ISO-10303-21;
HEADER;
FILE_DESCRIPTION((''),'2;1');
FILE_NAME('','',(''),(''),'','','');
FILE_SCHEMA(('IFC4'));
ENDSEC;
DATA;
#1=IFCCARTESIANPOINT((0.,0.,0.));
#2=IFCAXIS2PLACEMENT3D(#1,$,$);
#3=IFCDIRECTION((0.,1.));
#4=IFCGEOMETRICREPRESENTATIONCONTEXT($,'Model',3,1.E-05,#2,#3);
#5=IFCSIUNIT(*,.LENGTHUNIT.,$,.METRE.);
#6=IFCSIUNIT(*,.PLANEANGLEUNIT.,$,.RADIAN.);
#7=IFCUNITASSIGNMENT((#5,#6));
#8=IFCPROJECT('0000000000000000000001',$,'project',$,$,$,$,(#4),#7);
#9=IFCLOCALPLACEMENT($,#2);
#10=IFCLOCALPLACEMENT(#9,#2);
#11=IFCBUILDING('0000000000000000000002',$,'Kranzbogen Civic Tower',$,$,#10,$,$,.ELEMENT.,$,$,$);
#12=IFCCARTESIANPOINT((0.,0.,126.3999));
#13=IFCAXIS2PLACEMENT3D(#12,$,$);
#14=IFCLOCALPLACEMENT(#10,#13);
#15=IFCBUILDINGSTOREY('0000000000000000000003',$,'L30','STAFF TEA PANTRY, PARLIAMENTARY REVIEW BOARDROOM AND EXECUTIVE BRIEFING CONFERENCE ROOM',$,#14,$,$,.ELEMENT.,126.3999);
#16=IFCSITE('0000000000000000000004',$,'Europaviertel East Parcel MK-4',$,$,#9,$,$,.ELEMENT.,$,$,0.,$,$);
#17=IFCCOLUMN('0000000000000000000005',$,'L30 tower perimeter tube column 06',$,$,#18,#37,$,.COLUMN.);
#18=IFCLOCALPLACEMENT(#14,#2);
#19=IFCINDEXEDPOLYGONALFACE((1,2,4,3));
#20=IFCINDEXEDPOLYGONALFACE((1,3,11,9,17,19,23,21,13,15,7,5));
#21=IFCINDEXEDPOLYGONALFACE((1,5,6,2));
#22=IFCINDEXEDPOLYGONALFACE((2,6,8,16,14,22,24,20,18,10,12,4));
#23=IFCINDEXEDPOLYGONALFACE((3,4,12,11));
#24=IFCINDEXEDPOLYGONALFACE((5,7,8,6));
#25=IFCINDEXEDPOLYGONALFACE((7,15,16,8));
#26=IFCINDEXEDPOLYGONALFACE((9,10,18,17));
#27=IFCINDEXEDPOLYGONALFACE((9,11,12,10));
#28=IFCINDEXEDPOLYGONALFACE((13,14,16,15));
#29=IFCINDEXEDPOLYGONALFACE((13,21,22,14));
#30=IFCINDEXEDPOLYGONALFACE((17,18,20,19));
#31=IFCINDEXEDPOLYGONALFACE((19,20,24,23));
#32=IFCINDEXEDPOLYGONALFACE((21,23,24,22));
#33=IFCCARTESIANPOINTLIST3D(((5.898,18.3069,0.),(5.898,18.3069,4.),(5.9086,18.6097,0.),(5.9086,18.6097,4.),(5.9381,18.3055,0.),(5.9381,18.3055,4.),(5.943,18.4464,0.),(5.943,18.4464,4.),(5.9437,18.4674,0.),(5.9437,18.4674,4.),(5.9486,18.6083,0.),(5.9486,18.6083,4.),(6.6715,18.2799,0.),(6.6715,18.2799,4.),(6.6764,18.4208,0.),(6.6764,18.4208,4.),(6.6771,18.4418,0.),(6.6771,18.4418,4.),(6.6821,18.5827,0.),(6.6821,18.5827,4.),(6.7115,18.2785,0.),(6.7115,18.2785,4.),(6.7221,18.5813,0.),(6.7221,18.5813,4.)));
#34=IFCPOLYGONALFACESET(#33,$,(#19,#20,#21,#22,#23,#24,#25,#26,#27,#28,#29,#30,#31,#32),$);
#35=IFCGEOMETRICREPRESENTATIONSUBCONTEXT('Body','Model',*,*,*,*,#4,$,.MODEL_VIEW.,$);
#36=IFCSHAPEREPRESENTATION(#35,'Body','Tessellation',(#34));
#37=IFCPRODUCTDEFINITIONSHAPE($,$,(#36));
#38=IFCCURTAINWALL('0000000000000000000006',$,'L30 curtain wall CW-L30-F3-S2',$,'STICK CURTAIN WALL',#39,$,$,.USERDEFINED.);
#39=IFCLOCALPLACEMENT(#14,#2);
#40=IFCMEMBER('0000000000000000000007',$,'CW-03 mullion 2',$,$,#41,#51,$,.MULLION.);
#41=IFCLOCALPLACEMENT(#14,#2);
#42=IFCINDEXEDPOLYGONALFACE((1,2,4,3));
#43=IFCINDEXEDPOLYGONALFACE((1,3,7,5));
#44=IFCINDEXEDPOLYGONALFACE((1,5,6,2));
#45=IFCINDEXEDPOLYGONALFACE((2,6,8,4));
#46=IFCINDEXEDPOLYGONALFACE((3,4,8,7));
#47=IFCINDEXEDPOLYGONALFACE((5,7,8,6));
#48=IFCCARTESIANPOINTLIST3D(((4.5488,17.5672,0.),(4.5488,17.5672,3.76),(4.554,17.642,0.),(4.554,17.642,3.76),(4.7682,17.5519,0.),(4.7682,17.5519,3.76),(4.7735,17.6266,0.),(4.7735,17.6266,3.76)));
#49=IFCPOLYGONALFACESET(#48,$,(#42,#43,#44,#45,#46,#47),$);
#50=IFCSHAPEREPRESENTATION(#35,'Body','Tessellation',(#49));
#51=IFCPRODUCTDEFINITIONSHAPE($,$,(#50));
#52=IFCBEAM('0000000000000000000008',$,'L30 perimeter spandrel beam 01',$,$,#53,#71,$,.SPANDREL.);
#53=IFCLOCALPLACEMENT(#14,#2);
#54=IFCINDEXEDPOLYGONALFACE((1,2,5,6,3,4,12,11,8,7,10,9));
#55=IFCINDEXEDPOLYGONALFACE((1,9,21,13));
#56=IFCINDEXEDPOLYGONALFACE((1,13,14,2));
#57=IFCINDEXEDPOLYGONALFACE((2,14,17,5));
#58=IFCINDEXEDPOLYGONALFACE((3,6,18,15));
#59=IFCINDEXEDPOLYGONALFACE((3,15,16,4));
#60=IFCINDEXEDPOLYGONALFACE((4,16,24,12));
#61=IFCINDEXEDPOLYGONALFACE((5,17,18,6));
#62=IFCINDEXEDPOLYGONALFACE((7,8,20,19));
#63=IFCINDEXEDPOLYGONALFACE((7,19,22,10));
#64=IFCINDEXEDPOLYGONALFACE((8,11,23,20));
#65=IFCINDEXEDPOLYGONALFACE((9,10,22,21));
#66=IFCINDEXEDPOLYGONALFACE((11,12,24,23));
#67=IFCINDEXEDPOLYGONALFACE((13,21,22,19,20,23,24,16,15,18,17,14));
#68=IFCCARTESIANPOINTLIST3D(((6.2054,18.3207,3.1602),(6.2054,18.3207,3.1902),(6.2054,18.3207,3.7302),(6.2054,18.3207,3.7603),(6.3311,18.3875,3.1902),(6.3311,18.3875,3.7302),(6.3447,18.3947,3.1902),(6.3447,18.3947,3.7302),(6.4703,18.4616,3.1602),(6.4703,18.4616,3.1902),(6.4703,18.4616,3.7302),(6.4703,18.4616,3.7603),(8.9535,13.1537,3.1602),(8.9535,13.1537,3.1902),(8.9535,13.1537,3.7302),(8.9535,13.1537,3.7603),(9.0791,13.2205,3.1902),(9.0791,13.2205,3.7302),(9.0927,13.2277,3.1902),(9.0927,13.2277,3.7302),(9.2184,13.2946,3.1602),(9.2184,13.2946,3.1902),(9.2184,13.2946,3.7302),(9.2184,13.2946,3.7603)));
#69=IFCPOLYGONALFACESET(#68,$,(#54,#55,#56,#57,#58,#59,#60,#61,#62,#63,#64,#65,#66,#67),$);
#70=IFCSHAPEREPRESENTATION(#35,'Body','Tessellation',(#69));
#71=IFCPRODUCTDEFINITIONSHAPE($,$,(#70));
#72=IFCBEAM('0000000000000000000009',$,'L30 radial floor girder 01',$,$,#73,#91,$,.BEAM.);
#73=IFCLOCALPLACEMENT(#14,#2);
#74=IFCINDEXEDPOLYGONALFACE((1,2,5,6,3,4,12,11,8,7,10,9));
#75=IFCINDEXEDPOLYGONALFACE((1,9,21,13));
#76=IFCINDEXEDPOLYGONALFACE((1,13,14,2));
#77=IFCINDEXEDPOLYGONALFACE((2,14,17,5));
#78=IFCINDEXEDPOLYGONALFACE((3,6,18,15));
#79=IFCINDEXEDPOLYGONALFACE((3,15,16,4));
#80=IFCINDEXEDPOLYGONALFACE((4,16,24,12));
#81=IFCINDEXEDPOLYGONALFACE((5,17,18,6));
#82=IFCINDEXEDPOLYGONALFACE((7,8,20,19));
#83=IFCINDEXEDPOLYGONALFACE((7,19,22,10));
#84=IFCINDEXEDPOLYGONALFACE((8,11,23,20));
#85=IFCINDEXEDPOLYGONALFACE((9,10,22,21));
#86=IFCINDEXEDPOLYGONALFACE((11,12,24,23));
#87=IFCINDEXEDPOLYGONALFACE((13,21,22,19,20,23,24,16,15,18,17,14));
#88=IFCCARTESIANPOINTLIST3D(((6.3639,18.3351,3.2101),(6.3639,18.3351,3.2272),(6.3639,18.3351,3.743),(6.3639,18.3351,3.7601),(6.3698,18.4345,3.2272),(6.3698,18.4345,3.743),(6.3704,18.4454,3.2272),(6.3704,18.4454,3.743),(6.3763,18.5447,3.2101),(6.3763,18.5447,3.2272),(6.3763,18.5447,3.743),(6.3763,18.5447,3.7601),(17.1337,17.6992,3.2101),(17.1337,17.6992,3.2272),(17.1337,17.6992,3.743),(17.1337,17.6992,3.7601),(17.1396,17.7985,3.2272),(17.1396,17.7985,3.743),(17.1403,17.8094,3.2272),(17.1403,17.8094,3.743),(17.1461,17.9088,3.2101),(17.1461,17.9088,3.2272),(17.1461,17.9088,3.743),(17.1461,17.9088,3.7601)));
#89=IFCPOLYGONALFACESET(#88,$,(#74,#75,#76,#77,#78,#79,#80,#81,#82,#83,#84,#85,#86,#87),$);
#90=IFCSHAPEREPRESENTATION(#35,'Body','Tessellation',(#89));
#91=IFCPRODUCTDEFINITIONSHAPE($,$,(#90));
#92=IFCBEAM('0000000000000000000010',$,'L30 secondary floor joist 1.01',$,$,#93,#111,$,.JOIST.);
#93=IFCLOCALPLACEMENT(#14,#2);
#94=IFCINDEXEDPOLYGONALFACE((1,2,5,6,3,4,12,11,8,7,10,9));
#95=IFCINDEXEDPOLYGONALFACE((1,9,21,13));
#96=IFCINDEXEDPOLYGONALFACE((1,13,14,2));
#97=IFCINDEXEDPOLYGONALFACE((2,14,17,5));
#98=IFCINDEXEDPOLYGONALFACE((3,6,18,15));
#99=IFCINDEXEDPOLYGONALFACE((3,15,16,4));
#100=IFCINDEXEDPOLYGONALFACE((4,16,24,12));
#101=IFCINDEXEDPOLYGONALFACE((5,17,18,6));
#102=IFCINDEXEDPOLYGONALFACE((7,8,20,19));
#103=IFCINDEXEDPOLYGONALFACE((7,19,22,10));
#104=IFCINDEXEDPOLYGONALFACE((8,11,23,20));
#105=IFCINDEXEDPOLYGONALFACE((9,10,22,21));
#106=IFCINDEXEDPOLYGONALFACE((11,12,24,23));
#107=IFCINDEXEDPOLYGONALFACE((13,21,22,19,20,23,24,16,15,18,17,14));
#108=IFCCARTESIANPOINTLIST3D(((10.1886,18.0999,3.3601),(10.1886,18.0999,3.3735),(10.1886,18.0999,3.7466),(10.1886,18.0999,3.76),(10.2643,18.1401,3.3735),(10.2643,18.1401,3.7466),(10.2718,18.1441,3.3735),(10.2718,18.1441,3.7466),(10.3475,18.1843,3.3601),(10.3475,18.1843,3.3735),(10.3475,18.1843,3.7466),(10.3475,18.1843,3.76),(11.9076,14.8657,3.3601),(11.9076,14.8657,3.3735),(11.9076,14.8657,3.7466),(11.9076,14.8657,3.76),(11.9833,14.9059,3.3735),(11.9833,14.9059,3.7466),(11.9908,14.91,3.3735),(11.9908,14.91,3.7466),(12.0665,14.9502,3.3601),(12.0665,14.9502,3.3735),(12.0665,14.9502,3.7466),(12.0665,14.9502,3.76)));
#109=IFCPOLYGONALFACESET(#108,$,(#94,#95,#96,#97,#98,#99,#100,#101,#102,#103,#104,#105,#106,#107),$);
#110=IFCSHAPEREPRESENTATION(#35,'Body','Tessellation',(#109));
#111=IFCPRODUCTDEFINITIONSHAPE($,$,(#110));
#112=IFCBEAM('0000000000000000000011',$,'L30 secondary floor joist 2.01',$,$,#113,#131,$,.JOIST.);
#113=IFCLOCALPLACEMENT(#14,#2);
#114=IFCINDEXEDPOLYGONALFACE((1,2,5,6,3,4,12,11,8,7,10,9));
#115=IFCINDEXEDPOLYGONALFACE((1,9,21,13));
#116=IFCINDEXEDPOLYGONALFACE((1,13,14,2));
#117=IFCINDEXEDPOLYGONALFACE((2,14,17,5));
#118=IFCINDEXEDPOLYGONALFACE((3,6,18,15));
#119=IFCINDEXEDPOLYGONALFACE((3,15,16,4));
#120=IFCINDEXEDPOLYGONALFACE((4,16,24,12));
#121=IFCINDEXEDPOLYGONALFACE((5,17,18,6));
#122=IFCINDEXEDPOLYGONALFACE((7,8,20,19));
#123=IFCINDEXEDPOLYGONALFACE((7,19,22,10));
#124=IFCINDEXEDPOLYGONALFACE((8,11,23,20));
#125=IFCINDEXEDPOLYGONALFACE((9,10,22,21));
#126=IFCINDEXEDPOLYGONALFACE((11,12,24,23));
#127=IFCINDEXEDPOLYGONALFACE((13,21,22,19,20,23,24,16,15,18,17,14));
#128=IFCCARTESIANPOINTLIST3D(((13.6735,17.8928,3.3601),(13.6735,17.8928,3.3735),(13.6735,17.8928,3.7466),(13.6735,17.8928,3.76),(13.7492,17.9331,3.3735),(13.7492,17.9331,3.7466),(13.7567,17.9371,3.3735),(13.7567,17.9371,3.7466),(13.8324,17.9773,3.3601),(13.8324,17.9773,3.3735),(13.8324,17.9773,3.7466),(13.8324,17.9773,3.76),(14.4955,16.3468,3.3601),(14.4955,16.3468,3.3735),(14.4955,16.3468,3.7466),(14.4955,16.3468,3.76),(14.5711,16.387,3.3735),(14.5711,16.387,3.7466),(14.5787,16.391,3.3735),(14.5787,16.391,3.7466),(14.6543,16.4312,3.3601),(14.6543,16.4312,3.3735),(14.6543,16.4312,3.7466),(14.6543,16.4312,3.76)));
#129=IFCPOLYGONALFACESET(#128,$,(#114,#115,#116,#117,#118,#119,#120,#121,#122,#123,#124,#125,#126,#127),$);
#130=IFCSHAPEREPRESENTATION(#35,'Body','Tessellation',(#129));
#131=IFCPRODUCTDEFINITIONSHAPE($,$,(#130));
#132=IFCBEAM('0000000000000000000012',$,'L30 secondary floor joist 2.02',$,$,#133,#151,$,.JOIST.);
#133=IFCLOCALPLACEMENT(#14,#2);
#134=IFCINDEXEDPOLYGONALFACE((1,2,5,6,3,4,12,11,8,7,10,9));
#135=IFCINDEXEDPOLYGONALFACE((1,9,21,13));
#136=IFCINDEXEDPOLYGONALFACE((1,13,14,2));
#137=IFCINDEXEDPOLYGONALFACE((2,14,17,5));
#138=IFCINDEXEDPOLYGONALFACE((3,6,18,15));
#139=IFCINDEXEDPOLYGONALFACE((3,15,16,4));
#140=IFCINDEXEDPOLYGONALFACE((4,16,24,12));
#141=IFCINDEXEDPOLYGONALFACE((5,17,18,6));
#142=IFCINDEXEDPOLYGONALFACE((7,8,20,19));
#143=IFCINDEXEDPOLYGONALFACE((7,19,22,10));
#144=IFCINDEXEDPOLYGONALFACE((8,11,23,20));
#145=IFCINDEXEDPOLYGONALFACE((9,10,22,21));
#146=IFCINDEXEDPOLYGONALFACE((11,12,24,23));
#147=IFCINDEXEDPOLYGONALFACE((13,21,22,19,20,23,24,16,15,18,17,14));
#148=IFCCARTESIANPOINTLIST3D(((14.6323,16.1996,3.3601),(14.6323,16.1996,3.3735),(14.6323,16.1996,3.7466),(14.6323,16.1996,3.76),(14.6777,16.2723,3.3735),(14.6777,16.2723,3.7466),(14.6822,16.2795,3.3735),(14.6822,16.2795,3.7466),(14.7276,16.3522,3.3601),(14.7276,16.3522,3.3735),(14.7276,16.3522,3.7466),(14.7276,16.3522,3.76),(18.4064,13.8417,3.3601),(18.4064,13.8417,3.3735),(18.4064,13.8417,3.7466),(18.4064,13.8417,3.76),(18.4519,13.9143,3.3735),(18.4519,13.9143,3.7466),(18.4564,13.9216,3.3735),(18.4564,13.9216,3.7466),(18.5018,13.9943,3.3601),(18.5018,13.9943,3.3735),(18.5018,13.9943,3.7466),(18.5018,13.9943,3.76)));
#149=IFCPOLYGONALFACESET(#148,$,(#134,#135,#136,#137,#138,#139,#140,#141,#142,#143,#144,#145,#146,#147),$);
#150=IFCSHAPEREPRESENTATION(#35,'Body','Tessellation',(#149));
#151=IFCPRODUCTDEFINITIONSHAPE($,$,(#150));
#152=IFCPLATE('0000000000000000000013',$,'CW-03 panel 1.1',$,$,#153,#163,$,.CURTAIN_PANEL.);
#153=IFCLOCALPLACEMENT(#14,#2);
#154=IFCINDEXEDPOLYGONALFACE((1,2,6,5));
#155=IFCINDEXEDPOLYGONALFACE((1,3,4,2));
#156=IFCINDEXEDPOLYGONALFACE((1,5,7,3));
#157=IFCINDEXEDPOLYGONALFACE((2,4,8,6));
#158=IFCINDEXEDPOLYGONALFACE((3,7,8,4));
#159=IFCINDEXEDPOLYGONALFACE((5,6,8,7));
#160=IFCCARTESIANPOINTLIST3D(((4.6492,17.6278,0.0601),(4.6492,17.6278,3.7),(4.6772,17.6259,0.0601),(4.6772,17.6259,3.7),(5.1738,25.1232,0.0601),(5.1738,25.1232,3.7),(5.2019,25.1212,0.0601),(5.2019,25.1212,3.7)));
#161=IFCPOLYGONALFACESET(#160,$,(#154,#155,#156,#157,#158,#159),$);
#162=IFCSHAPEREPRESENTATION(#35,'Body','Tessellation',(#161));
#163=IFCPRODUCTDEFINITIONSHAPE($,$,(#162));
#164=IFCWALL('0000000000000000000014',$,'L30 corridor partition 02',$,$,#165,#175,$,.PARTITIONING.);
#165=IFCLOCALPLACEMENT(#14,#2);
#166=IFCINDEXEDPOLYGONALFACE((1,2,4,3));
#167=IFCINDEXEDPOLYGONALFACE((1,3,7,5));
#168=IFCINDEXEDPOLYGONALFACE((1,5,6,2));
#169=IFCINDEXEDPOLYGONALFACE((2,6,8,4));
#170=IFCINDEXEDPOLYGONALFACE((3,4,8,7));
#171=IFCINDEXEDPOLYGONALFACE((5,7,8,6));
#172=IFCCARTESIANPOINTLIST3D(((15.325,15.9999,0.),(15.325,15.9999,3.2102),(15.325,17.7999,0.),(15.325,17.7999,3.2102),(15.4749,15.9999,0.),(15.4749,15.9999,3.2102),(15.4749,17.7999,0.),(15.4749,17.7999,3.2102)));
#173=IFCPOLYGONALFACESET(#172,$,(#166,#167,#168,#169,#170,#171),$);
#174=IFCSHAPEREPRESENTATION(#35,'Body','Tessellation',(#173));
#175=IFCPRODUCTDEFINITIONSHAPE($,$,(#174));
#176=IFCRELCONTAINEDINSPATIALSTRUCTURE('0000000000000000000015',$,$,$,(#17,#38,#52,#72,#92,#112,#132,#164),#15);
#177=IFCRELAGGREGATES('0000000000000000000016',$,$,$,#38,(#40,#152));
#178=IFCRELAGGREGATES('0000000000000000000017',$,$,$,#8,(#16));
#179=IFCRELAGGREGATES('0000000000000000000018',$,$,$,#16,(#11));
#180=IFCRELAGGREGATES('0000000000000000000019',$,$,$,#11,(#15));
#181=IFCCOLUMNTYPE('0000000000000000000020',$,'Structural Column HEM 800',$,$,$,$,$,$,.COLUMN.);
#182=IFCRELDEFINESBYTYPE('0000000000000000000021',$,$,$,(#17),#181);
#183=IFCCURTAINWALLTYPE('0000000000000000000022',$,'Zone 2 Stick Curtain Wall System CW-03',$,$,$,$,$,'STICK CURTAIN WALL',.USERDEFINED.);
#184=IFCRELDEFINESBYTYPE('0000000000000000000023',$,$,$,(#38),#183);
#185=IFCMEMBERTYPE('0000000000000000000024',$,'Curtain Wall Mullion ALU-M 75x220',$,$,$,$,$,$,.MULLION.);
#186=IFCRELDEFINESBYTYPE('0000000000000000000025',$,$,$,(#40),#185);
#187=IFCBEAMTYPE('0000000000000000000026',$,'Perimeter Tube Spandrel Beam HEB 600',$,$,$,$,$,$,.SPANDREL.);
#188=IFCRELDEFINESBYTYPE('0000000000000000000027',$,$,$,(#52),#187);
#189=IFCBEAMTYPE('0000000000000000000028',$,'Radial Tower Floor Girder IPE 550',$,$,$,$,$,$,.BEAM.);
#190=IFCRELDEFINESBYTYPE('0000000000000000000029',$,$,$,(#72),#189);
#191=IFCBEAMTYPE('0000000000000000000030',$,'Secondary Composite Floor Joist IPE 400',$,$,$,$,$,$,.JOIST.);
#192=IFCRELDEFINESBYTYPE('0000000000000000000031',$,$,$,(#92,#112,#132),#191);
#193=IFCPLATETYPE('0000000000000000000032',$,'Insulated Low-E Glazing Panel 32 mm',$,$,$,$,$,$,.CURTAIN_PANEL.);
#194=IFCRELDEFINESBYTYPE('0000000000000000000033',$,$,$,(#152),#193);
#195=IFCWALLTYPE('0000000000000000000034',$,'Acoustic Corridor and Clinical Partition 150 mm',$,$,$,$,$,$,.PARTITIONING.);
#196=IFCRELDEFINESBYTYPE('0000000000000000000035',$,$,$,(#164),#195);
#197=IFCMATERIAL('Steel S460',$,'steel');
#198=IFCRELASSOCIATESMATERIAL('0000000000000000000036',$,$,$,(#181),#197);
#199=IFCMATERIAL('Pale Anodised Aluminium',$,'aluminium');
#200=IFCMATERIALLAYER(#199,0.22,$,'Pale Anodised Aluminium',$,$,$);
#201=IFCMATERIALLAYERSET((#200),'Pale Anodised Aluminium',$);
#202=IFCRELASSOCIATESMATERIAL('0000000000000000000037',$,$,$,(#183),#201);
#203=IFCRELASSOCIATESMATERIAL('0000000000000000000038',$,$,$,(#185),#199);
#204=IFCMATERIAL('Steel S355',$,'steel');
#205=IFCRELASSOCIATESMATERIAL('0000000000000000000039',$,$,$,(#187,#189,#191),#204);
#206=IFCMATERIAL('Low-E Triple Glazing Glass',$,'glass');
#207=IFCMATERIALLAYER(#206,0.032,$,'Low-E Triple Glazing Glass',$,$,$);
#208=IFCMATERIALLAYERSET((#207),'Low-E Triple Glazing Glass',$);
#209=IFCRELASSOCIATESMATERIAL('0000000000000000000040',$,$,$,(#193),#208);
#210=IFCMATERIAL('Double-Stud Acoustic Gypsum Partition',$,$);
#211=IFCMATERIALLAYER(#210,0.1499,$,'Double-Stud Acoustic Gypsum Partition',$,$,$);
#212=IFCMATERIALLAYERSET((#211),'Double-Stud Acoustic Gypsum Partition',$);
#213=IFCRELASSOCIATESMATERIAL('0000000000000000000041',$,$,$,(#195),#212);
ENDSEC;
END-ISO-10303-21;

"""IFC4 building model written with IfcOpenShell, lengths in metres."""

from ifc_helpers import new_model, si_unit, direction, frame, frame_2d, origin, origin_2d, place, context, subcontext, project, spatial, rectangle, i_section, extrude, material, layer, layer_set, material_profile, profile_set, type_object, element, aggregate, save


model = new_model("IFC4")

# Units and contexts
model_context = context("Model", 3, precision=1e-05, world=origin(), true_north=direction((0.0, 1.0)))
body_context = subcontext(model_context, "Body", "Model", "MODEL_VIEW")
ifc_project = project(units=[si_unit("LENGTHUNIT", "METRE"), si_unit("PLANEANGLEUNIT", "RADIAN")], contexts=[model_context])

# Site, building, storey
site_placement = place(None, origin())
site = spatial("IfcSite", under=ifc_project, at=site_placement, Name="Europaviertel East Parcel MK-4", CompositionType="ELEMENT", RefElevation=0.0)
building_placement = place(site_placement, origin())
building = spatial("IfcBuilding", under=site, at=building_placement, Name="Kranzbogen Civic Tower", CompositionType="ELEMENT")
storey_placement = place(building_placement, frame((0.0, 0.0, 126.3999)))
storey = spatial("IfcBuildingStorey", under=building, at=storey_placement, Name="L30", Description="STAFF TEA PANTRY, PARLIAMENTARY REVIEW BOARDROOM AND EXECUTIVE BRIEFING CONFERENCE ROOM", CompositionType="ELEMENT", Elevation=126.3999)

# Column
ifc_material_1 = material(Name="Steel S460", Category="steel")
ifc_material_profile_1 = material_profile(ifc_material_1, i_section(OverallWidth=0.303, OverallDepth=0.814, WebThickness=0.021, FlangeThickness=0.04, at=origin_2d()), Name="HEM 800")
ifc_profile_set_1 = profile_set([ifc_material_profile_1], Name="Steel S460")
column_type = type_object("IfcColumnType", Name="Structural Column HEM 800", PredefinedType="COLUMN", material=ifc_profile_set_1)
column_placement = place(storey_placement, frame((6.3101, 18.4441, 0.0), z_axis=(0.0, 0.0, 1.0), x_axis=(0.034899, 0.999391, 0.0)))
element("IfcColumn", 1, at=column_placement, inside=storey, type_object=column_type, Name="L30 tower perimeter tube column 06", PredefinedType="COLUMN", context=body_context, shape_type="SweptSolid", body=[
    extrude(i_section(OverallWidth=0.303, OverallDepth=0.814, WebThickness=0.021, FlangeThickness=0.04, at=origin_2d()), origin(), (0.0, 0.0, 1.0), 4.0),
])

# Curtain wall, member
ifc_material_2 = material(Name="Pale Anodised Aluminium", Category="aluminium")
ifc_layer_1 = layer(ifc_material_2, 0.22, Name="Pale Anodised Aluminium")
ifc_layer_set_1 = layer_set([ifc_layer_1], Name="Pale Anodised Aluminium")
curtain_wall_type = type_object("IfcCurtainWallType", Name="Zone 2 Stick Curtain Wall System CW-03", ElementType="STICK CURTAIN WALL", PredefinedType="USERDEFINED", material=ifc_layer_set_1)
curtain_wall_placement = place(storey_placement, origin())
curtain_wall = element("IfcCurtainWall", 2, at=curtain_wall_placement, inside=storey, type_object=curtain_wall_type, Name="L30 curtain wall CW-L30-F3-S2", ObjectType="STICK CURTAIN WALL", PredefinedType="USERDEFINED")
ifc_material_profile_2 = material_profile(ifc_material_2, rectangle(XDim=0.075, YDim=0.22, at=origin_2d()), Name="ALU-M 75x220")
ifc_profile_set_2 = profile_set([ifc_material_profile_2], Name="Pale Anodised Aluminium")
member_type = type_object("IfcMemberType", Name="Curtain Wall Mullion ALU-M 75x220", PredefinedType="MULLION", material=ifc_profile_set_2)
member_placement = place(storey_placement, frame((4.6611, 17.5969, 0.0), z_axis=(0.0, 0.0, 1.0), x_axis=(-0.069823, -0.997559, 0.0)))
member = element("IfcMember", 3, at=member_placement, type_object=member_type, Name="CW-03 mullion 2", PredefinedType="MULLION", context=body_context, shape_type="SweptSolid", body=[
    extrude(rectangle(XDim=0.075, YDim=0.22, at=origin_2d()), origin(), (0.0, 0.0, 1.0), 3.76),
])

# Beams
ifc_material_3 = material(Name="Steel S355", Category="steel")
ifc_material_profile_3 = material_profile(ifc_material_3, i_section(OverallWidth=0.3, OverallDepth=0.6001, WebThickness=0.0154, FlangeThickness=0.03, at=origin_2d()), Name="HEB 600")
ifc_profile_set_3 = profile_set([ifc_material_profile_3], Name="Steel S355")
beam_type_1 = type_object("IfcBeamType", Name="Perimeter Tube Spandrel Beam HEB 600", PredefinedType="SPANDREL", material=ifc_profile_set_3)
beam_1_placement = place(storey_placement, frame((6.3379, 18.3911, 3.4602), z_axis=(0.469566, -0.882897, 0.0), x_axis=(0.882897, 0.469566, 0.0)))
element("IfcBeam", 4, at=beam_1_placement, inside=storey, type_object=beam_type_1, Name="L30 perimeter spandrel beam 01", PredefinedType="SPANDREL", context=body_context, shape_type="SweptSolid", body=[
    extrude(i_section(OverallWidth=0.3, OverallDepth=0.6001, WebThickness=0.0154, FlangeThickness=0.03, at=origin_2d()), origin(), (0.0, 0.0, 1.0), 5.8523),
])
ifc_material_profile_4 = material_profile(ifc_material_3, i_section(OverallWidth=0.21, OverallDepth=0.55, WebThickness=0.011, FlangeThickness=0.0171, at=origin_2d()), Name="IPE 550")
ifc_profile_set_4 = profile_set([ifc_material_profile_4], Name="Steel S355")
beam_type_2 = type_object("IfcBeamType", Name="Radial Tower Floor Girder IPE 550", PredefinedType="BEAM", material=ifc_profile_set_4)
beam_2_placement = place(storey_placement, frame((6.3701, 18.4399, 3.4851), z_axis=(0.998261, -0.05895, 0.0), x_axis=(0.05895, 0.998261, 0.0)))
element("IfcBeam", 5, at=beam_2_placement, inside=storey, type_object=beam_type_2, Name="L30 radial floor girder 01", PredefinedType="BEAM", context=body_context, shape_type="SweptSolid", body=[
    extrude(i_section(OverallWidth=0.21, OverallDepth=0.55, WebThickness=0.011, FlangeThickness=0.0171, at=origin_2d()), origin(), (0.0, 0.0, 1.0), 10.7886),
])
ifc_material_profile_5 = material_profile(ifc_material_3, i_section(OverallWidth=0.1799, OverallDepth=0.3999, WebThickness=0.0085, FlangeThickness=0.0134, at=origin_2d()), Name="IPE 400")
ifc_profile_set_5 = profile_set([ifc_material_profile_5], Name="Steel S355")
beam_type_3 = type_object("IfcBeamType", Name="Secondary Composite Floor Joist IPE 400", PredefinedType="JOIST", material=ifc_profile_set_5)
beam_3_placement = place(storey_placement, frame((10.2681, 18.1421, 3.5601), z_axis=(0.469339, -0.883018, 0.0), x_axis=(0.883018, 0.469339, 0.0)))
element("IfcBeam", 6, at=beam_3_placement, inside=storey, type_object=beam_type_3, Name="L30 secondary floor joist 1.01", PredefinedType="JOIST", context=body_context, shape_type="SweptSolid", body=[
    extrude(i_section(OverallWidth=0.1799, OverallDepth=0.3999, WebThickness=0.0085, FlangeThickness=0.0134, at=origin_2d()), origin(), (0.0, 0.0, 1.0), 3.6626),
])
beam_4_placement = place(storey_placement, frame((13.7529, 17.9351, 3.5601), z_axis=(0.469437, -0.882966, 0.0), x_axis=(0.882966, 0.469437, 0.0)))
element("IfcBeam", 7, at=beam_4_placement, inside=storey, type_object=beam_type_3, Name="L30 secondary floor joist 2.01", PredefinedType="JOIST", context=body_context, shape_type="SweptSolid", body=[
    extrude(i_section(OverallWidth=0.1799, OverallDepth=0.3999, WebThickness=0.0085, FlangeThickness=0.0134, at=origin_2d()), origin(), (0.0, 0.0, 1.0), 1.751),
])
beam_5_placement = place(storey_placement, frame((14.6799, 16.2759, 3.5601), z_axis=(0.848094, -0.529846, 0.0), x_axis=(0.529846, 0.848094, 0.0)))
element("IfcBeam", 8, at=beam_5_placement, inside=storey, type_object=beam_type_3, Name="L30 secondary floor joist 2.02", PredefinedType="JOIST", context=body_context, shape_type="SweptSolid", body=[
    extrude(i_section(OverallWidth=0.1799, OverallDepth=0.3999, WebThickness=0.0085, FlangeThickness=0.0134, at=origin_2d()), origin(), (0.0, 0.0, 1.0), 4.4502),
])

# Plate
ifc_material_4 = material(Name="Low-E Triple Glazing Glass", Category="glass")
ifc_layer_2 = layer(ifc_material_4, 0.032, Name="Low-E Triple Glazing Glass")
ifc_layer_set_2 = layer_set([ifc_layer_2], Name="Low-E Triple Glazing Glass")
plate_type = type_object("IfcPlateType", Name="Insulated Low-E Glazing Panel 32 mm", PredefinedType="CURTAIN_PANEL", material=ifc_layer_set_2)
plate_placement = place(storey_placement, frame((4.9255, 21.3745, 0.0601), z_axis=(0.0, 0.0, 1.0), x_axis=(-0.069823, -0.997559, 0.0)))
plate = element("IfcPlate", 9, at=plate_placement, type_object=plate_type, Name="CW-03 panel 1.1", PredefinedType="CURTAIN_PANEL", context=body_context, shape_type="SweptSolid", body=[
    extrude(rectangle(XDim=7.5137, YDim=0.0281, at=origin_2d()), origin(), (0.0, 0.0, 1.0), 3.6399),
])
aggregate(curtain_wall, [member, plate])

# Wall
ifc_material_5 = material(Name="Double-Stud Acoustic Gypsum Partition")
ifc_layer_3 = layer(ifc_material_5, 0.1499, Name="Double-Stud Acoustic Gypsum Partition")
ifc_layer_set_3 = layer_set([ifc_layer_3], Name="Double-Stud Acoustic Gypsum Partition")
wall_type_1 = type_object("IfcWallType", Name="Acoustic Corridor and Clinical Partition 150 mm", PredefinedType="PARTITIONING", material=ifc_layer_set_3)
wall_1_placement = place(storey_placement, frame((15.3999, 16.0, 0.0), z_axis=(0.0, 0.0, 1.0), x_axis=(0.0, 1.0, 0.0)))
element("IfcWall", 10, at=wall_1_placement, inside=storey, type_object=wall_type_1, Name="L30 corridor partition 02", PredefinedType="PARTITIONING", context=body_context, shape_type="SweptSolid", body=[
    extrude(rectangle(XDim=1.8, YDim=0.1499, at=frame_2d((0.8999, 0.0))), origin(), (0.0, 0.0, 1.0), 3.2102),
])

save(model, "model.ifc")
